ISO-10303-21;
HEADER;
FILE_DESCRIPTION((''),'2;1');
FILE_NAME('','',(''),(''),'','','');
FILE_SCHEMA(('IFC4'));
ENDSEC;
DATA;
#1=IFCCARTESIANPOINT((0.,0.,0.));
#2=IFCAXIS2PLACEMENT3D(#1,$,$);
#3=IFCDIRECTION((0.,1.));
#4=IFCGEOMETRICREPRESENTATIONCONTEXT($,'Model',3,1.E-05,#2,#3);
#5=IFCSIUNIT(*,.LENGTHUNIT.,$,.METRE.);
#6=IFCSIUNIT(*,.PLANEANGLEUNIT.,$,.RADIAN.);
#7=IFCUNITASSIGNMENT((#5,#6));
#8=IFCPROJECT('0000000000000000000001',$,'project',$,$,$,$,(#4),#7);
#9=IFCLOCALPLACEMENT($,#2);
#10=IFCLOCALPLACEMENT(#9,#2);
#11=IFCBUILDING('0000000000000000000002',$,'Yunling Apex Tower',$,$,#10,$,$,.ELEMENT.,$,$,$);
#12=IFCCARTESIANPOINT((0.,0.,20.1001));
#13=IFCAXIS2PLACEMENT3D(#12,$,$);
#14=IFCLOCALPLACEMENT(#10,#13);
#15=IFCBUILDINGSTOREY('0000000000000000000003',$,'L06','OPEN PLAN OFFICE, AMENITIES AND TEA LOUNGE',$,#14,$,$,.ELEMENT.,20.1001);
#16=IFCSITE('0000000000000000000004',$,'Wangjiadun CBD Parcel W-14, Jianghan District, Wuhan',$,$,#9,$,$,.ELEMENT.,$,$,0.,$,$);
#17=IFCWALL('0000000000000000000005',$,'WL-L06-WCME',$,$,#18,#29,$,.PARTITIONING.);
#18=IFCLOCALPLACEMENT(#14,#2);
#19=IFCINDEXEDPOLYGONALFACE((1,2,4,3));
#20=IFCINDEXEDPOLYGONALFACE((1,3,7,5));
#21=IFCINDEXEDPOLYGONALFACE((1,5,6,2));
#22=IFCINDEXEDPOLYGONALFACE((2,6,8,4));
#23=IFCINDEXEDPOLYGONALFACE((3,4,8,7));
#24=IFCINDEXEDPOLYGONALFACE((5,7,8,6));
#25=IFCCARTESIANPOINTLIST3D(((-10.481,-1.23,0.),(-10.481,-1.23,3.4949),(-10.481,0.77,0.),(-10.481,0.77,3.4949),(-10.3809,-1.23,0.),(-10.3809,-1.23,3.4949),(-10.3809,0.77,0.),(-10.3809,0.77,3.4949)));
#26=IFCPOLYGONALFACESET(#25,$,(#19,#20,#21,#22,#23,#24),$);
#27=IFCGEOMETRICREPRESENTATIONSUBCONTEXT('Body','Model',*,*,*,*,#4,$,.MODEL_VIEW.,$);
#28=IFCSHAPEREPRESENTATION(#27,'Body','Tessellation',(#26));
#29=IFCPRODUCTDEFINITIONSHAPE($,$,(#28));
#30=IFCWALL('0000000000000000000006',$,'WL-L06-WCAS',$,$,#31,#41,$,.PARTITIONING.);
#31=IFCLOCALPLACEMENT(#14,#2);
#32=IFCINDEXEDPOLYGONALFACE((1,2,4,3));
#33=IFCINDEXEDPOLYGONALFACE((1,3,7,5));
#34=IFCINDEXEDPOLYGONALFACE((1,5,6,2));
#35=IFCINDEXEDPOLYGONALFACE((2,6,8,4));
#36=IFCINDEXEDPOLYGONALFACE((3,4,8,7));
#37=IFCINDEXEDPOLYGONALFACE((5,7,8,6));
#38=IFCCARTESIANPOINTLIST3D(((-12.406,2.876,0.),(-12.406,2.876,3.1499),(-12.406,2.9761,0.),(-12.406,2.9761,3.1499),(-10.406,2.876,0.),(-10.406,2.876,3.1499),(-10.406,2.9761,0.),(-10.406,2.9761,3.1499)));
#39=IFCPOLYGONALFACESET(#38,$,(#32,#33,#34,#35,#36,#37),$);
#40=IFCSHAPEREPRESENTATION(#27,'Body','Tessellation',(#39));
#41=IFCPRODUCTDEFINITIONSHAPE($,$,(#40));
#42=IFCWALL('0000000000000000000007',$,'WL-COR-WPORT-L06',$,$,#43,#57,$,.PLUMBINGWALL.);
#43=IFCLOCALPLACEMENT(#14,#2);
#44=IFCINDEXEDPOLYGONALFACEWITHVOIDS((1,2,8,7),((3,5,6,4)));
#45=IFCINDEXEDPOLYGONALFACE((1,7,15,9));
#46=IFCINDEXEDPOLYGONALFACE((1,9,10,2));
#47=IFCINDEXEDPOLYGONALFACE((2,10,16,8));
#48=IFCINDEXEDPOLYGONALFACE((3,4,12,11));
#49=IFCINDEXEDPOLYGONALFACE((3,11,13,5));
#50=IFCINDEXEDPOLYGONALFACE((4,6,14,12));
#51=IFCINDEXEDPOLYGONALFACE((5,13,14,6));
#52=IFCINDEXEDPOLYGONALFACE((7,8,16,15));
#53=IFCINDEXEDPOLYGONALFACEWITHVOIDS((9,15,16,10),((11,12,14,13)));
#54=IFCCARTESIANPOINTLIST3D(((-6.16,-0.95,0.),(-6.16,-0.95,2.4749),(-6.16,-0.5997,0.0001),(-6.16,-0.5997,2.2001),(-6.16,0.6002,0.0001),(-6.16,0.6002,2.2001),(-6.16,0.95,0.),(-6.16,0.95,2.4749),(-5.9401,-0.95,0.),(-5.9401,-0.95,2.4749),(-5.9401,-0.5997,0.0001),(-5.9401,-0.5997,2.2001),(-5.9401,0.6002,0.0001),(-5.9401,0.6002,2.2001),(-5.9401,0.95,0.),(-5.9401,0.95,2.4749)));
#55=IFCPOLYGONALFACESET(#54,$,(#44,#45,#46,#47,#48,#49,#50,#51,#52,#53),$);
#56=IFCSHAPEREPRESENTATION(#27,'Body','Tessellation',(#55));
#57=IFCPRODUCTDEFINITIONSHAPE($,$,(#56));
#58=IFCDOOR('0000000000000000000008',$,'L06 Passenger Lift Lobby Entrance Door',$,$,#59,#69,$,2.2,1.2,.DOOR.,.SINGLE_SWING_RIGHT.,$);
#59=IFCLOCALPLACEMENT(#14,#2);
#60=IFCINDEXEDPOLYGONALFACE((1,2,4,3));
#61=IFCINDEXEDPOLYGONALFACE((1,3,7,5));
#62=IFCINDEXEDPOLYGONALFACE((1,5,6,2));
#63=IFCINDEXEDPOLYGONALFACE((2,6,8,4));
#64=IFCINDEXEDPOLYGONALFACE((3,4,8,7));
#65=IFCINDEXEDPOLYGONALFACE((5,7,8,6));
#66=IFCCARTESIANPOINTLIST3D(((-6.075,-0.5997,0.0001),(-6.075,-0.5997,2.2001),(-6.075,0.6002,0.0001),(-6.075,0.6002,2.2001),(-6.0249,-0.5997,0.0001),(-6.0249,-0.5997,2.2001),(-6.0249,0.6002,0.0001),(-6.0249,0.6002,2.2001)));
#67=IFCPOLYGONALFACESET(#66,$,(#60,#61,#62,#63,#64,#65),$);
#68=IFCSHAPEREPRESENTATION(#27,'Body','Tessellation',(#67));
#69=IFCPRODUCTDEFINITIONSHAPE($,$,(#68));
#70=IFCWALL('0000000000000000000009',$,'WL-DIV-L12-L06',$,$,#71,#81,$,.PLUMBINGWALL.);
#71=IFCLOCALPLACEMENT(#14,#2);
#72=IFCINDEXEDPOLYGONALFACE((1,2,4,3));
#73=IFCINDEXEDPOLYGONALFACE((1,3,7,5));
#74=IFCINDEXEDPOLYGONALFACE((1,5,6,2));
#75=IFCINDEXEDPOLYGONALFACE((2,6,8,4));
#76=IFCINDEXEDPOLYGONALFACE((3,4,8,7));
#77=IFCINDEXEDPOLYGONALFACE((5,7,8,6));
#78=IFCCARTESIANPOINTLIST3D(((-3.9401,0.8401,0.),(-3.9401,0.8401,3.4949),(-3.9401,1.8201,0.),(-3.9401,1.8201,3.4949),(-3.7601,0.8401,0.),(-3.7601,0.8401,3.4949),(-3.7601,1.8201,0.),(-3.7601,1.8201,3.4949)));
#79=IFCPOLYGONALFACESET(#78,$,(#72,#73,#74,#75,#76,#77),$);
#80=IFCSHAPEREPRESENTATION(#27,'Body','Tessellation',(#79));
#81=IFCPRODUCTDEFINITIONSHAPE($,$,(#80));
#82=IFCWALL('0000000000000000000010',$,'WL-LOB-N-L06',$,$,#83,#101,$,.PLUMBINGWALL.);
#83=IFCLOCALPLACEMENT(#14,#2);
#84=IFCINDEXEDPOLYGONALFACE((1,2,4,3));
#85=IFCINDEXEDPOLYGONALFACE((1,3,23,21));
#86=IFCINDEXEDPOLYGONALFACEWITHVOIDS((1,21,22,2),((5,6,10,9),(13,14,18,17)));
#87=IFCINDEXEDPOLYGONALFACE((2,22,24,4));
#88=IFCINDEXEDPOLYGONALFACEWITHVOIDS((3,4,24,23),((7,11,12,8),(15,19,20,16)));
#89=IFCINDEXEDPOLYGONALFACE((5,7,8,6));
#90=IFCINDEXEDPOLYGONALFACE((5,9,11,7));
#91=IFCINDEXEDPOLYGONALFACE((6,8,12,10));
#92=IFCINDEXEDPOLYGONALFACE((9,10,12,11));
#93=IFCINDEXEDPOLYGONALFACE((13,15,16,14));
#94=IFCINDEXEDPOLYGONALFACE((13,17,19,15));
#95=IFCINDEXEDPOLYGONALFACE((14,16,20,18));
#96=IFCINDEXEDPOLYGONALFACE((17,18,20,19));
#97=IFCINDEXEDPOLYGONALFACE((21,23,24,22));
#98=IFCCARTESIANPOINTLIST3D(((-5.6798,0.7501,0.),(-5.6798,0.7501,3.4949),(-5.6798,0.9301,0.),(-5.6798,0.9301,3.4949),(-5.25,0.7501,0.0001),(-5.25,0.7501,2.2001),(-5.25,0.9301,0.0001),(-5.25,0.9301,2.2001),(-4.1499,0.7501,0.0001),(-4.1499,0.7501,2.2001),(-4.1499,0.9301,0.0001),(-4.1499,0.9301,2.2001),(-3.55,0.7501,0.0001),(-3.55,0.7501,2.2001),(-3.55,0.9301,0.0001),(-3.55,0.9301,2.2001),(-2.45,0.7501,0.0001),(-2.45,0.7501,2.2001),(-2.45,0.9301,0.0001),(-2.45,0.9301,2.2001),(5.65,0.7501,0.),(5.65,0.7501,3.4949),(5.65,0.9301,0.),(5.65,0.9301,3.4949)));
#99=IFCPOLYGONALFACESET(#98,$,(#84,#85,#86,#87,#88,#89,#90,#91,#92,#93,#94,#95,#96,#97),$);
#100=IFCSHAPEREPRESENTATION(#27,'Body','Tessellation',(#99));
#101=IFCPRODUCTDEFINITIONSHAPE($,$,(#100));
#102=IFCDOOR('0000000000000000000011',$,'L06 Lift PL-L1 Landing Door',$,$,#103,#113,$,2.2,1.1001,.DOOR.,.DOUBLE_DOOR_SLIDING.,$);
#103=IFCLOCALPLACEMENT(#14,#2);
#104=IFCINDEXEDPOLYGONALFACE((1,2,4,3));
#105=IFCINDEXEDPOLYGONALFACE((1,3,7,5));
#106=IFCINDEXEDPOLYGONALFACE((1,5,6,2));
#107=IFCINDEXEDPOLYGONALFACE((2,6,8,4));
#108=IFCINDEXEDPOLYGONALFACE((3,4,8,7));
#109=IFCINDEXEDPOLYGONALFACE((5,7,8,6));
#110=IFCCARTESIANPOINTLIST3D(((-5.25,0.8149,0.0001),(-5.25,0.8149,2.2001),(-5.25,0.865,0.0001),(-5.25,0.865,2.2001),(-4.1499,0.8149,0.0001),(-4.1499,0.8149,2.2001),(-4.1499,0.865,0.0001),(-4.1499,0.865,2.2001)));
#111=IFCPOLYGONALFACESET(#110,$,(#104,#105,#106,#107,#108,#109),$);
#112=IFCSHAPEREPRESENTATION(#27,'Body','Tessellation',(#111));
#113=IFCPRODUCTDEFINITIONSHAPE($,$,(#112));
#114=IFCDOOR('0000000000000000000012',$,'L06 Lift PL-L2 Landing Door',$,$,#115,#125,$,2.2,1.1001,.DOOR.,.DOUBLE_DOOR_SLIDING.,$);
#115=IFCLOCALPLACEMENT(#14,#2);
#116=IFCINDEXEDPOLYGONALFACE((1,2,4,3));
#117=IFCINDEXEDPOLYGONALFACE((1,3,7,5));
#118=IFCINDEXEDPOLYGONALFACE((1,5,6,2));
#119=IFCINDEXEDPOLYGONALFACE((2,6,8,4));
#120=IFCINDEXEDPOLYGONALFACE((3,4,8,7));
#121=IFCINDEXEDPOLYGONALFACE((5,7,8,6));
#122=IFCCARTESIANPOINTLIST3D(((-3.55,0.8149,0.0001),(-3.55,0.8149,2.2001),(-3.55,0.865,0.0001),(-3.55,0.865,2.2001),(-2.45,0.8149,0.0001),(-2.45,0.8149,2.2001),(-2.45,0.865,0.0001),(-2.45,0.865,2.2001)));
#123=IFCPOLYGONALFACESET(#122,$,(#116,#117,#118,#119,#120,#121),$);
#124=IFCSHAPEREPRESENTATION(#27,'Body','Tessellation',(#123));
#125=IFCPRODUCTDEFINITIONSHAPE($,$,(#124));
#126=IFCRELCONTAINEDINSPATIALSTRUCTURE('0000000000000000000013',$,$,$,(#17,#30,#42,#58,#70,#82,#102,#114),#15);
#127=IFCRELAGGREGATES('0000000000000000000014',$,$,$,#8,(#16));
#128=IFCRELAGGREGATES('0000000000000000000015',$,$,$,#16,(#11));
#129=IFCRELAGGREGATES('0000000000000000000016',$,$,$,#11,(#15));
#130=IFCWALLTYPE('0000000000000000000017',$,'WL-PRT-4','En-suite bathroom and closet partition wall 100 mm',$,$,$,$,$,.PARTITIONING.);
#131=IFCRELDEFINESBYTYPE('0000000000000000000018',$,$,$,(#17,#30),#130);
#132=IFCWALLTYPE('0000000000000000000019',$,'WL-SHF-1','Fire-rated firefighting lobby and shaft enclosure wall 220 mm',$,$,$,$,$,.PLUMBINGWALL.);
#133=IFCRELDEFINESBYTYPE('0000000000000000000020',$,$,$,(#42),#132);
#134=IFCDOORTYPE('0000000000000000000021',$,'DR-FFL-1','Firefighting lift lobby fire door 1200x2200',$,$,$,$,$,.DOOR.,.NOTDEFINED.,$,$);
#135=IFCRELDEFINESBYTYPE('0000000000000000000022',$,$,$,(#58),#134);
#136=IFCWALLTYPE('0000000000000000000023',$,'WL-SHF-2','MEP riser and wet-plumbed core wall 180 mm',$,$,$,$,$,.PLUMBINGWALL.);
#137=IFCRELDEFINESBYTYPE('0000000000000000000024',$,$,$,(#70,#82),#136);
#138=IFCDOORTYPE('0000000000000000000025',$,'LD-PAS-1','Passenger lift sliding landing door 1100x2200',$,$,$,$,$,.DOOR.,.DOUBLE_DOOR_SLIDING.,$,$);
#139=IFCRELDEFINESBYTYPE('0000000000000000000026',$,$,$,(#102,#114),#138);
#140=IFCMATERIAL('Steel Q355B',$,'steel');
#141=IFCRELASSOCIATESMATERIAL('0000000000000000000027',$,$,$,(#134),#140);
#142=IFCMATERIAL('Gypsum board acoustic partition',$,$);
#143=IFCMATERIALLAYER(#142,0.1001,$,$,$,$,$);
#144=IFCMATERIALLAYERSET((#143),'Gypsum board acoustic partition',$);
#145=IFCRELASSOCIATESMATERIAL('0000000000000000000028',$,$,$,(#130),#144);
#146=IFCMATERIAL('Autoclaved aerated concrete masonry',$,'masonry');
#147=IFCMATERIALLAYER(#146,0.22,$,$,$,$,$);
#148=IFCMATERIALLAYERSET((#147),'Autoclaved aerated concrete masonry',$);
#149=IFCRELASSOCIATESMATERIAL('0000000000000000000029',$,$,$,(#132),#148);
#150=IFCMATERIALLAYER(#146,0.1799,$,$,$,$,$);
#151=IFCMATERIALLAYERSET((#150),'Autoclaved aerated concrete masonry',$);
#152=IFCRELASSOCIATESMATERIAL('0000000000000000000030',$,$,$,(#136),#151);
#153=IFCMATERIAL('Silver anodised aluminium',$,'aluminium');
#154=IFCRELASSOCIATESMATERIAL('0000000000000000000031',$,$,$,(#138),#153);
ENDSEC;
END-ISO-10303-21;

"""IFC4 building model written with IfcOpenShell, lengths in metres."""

from ifc_helpers import new_model, si_unit, direction, frame, frame_2d, origin, place, context, subcontext, project, spatial, rectangle, extrude, material, layer, layer_set, type_object, element, fill, save


model = new_model("IFC4")

# Units and contexts
model_context = context("Model", 3, precision=1e-05, world=origin(), true_north=direction((0.0, 1.0)))
body_context = subcontext(model_context, "Body", "Model", "MODEL_VIEW")
ifc_project = project(units=[si_unit("LENGTHUNIT", "METRE"), si_unit("PLANEANGLEUNIT", "RADIAN")], contexts=[model_context])

# Site, building, storey
site_placement = place(None, origin())
site = spatial("IfcSite", under=ifc_project, at=site_placement, Name="Wangjiadun CBD Parcel W-14, Jianghan District, Wuhan", CompositionType="ELEMENT", RefElevation=0.0)
building_placement = place(site_placement, origin())
building = spatial("IfcBuilding", under=site, at=building_placement, Name="Yunling Apex Tower", CompositionType="ELEMENT")
storey_placement = place(building_placement, frame((0.0, 0.0, 20.1001)))
storey = spatial("IfcBuildingStorey", under=building, at=storey_placement, Name="L06", Description="OPEN PLAN OFFICE, AMENITIES AND TEA LOUNGE", CompositionType="ELEMENT", Elevation=20.1001)

# Shared definitions
ifc_material_1 = material(Name="Steel Q355B", Category="steel")

# Shared definitions
door_type_1 = type_object("IfcDoorType", Name="DR-FFL-1", Description="Firefighting lift lobby fire door 1200x2200", OperationType="NOTDEFINED", PredefinedType="DOOR", material=ifc_material_1)

# Walls
ifc_material_2 = material(Name="Gypsum board acoustic partition")
ifc_layer_1 = layer(ifc_material_2, 0.1001)
ifc_layer_set_1 = layer_set([ifc_layer_1], Name="Gypsum board acoustic partition")
wall_type_1 = type_object("IfcWallType", Name="WL-PRT-4", Description="En-suite bathroom and closet partition wall 100 mm", PredefinedType="PARTITIONING", material=ifc_layer_set_1)
wall_1_placement = place(storey_placement, frame((-10.4309, 0.77, 0.0), z_axis=(0.0, 0.0, 1.0), x_axis=(0.0, -1.0, 0.0)))
element("IfcWall", 1, at=wall_1_placement, inside=storey, type_object=wall_type_1, Name="WL-L06-WCME", PredefinedType="PARTITIONING", context=body_context, shape_type="SweptSolid", body=[
    extrude(rectangle(XDim=2.0, YDim=0.1001, at=frame_2d((1.0, 0.0))), origin(), (0.0, 0.0, 1.0), 3.4949),
])
wall_2_placement = place(storey_placement, frame((-10.406, 2.926, 0.0), z_axis=(0.0, 0.0, 1.0), x_axis=(-1.0, 0.0, 0.0)))
element("IfcWall", 2, at=wall_2_placement, inside=storey, type_object=wall_type_1, Name="WL-L06-WCAS", PredefinedType="PARTITIONING", context=body_context, shape_type="SweptSolid", body=[
    extrude(rectangle(XDim=2.0, YDim=0.1001, at=frame_2d((1.0, 0.0))), origin(), (0.0, 0.0, 1.0), 3.1499),
])

# Wall, opening, door
ifc_material_3 = material(Name="Autoclaved aerated concrete masonry", Category="masonry")
ifc_layer_2 = layer(ifc_material_3, 0.22)
ifc_layer_set_2 = layer_set([ifc_layer_2], Name="Autoclaved aerated concrete masonry")
wall_type_2 = type_object("IfcWallType", Name="WL-SHF-1", Description="Fire-rated firefighting lobby and shaft enclosure wall 220 mm", PredefinedType="PLUMBINGWALL", material=ifc_layer_set_2)
wall_3_placement = place(storey_placement, frame((-6.05, -0.95, 0.0), z_axis=(0.0, 0.0, 1.0), x_axis=(0.0, 1.0, 0.0)))
wall_3 = element("IfcWall", 3, at=wall_3_placement, inside=storey, type_object=wall_type_2, Name="WL-COR-WPORT-L06", PredefinedType="PLUMBINGWALL", context=body_context, shape_type="SweptSolid", body=[
    extrude(rectangle(XDim=1.8999, YDim=0.22, at=frame_2d((0.95, 0.0))), origin(), (0.0, 0.0, 1.0), 2.4749),
])
opening_1_placement = place(wall_3_placement, frame((0.3501, 0.0, 0.0)))
opening_1 = element("IfcOpeningElement", 4, at=opening_1_placement, cuts=wall_3, PredefinedType="OPENING", context=body_context, shape_type="SweptSolid", body=[
    extrude(rectangle(XDim=1.2, YDim=2.2, at=frame_2d((0.6001, 1.1001))), frame((0.0, 0.1201, 0.0), z_axis=(0.0, -1.0, 0.0), x_axis=(1.0, 0.0, 0.0)), (0.0, 0.0, 1.0), 0.24),
])
door_1_placement = place(opening_1_placement, origin())
door_1 = element("IfcDoor", 5, at=door_1_placement, inside=storey, type_object=door_type_1, Name="L06 Passenger Lift Lobby Entrance Door", OperationType="SINGLE_SWING_RIGHT", OverallHeight=2.2, OverallWidth=1.2, PredefinedType="DOOR", context=body_context, shape_type="SweptSolid", body=[
    extrude(rectangle(XDim=1.2, YDim=2.2, at=frame_2d((0.6001, 1.1001))), frame((0.0, 0.0249, 0.0), z_axis=(0.0, -1.0, 0.0), x_axis=(1.0, 0.0, 0.0)), (0.0, 0.0, 1.0), 0.05),
])
fill(opening_1, door_1)

# Wall
ifc_layer_3 = layer(ifc_material_3, 0.1799)
ifc_layer_set_3 = layer_set([ifc_layer_3], Name="Autoclaved aerated concrete masonry")
wall_type_3 = type_object("IfcWallType", Name="WL-SHF-2", Description="MEP riser and wet-plumbed core wall 180 mm", PredefinedType="PLUMBINGWALL", material=ifc_layer_set_3)
wall_4_placement = place(storey_placement, frame((-3.8501, 0.8401, 0.0), z_axis=(0.0, 0.0, 1.0), x_axis=(0.0, 1.0, 0.0)))
element("IfcWall", 6, at=wall_4_placement, inside=storey, type_object=wall_type_3, Name="WL-DIV-L12-L06", PredefinedType="PLUMBINGWALL", context=body_context, shape_type="SweptSolid", body=[
    extrude(rectangle(XDim=0.98, YDim=0.1799, at=frame_2d((0.49, 0.0))), origin(), (0.0, 0.0, 1.0), 3.4949),
])

# Wall, openings, doors
wall_5_placement = place(storey_placement, frame((-5.6799, 0.8401, 0.0), z_axis=(0.0, 0.0, 1.0), x_axis=(1.0, 0.0, 0.0)))
wall_5 = element("IfcWall", 7, at=wall_5_placement, inside=storey, type_object=wall_type_3, Name="WL-LOB-N-L06", PredefinedType="PLUMBINGWALL", context=body_context, shape_type="SweptSolid", body=[
    extrude(rectangle(XDim=11.3298, YDim=0.1799, at=frame_2d((5.665, 0.0))), origin(), (0.0, 0.0, 1.0), 3.4949),
])
opening_2_placement = place(wall_5_placement, frame((0.4299, 0.0, 0.0)))
opening_2 = element("IfcOpeningElement", 8, at=opening_2_placement, cuts=wall_5, PredefinedType="OPENING", context=body_context, shape_type="SweptSolid", body=[
    extrude(rectangle(XDim=1.1001, YDim=2.2, at=frame_2d((0.55, 1.1001))), frame((0.0, 0.1001, 0.0), z_axis=(0.0, -1.0, 0.0), x_axis=(1.0, 0.0, 0.0)), (0.0, 0.0, 1.0), 0.2),
])
opening_3_placement = place(wall_5_placement, frame((2.1299, 0.0, 0.0)))
opening_3 = element("IfcOpeningElement", 9, at=opening_3_placement, cuts=wall_5, PredefinedType="OPENING", context=body_context, shape_type="SweptSolid", body=[
    extrude(rectangle(XDim=1.1001, YDim=2.2, at=frame_2d((0.55, 1.1001))), frame((0.0, 0.1001, 0.0), z_axis=(0.0, -1.0, 0.0), x_axis=(1.0, 0.0, 0.0)), (0.0, 0.0, 1.0), 0.2),
])
ifc_material_4 = material(Name="Silver anodised aluminium", Category="aluminium")
door_type_2 = type_object("IfcDoorType", Name="LD-PAS-1", Description="Passenger lift sliding landing door 1100x2200", OperationType="DOUBLE_DOOR_SLIDING", PredefinedType="DOOR", material=ifc_material_4)
door_2_placement = place(opening_2_placement, origin())
door_2 = element("IfcDoor", 10, at=door_2_placement, inside=storey, type_object=door_type_2, Name="L06 Lift PL-L1 Landing Door", OperationType="DOUBLE_DOOR_SLIDING", OverallHeight=2.2, OverallWidth=1.1001, PredefinedType="DOOR", context=body_context, shape_type="SweptSolid", body=[
    extrude(rectangle(XDim=1.1001, YDim=2.2, at=frame_2d((0.55, 1.1001))), frame((0.0, 0.0249, 0.0), z_axis=(0.0, -1.0, 0.0), x_axis=(1.0, 0.0, 0.0)), (0.0, 0.0, 1.0), 0.05),
])
fill(opening_2, door_2)
door_3_placement = place(opening_3_placement, origin())
door_3 = element("IfcDoor", 11, at=door_3_placement, inside=storey, type_object=door_type_2, Name="L06 Lift PL-L2 Landing Door", OperationType="DOUBLE_DOOR_SLIDING", OverallHeight=2.2, OverallWidth=1.1001, PredefinedType="DOOR", context=body_context, shape_type="SweptSolid", body=[
    extrude(rectangle(XDim=1.1001, YDim=2.2, at=frame_2d((0.55, 1.1001))), frame((0.0, 0.0249, 0.0), z_axis=(0.0, -1.0, 0.0), x_axis=(1.0, 0.0, 0.0)), (0.0, 0.0, 1.0), 0.05),
])
fill(opening_3, door_3)

save(model, "model.ifc")
